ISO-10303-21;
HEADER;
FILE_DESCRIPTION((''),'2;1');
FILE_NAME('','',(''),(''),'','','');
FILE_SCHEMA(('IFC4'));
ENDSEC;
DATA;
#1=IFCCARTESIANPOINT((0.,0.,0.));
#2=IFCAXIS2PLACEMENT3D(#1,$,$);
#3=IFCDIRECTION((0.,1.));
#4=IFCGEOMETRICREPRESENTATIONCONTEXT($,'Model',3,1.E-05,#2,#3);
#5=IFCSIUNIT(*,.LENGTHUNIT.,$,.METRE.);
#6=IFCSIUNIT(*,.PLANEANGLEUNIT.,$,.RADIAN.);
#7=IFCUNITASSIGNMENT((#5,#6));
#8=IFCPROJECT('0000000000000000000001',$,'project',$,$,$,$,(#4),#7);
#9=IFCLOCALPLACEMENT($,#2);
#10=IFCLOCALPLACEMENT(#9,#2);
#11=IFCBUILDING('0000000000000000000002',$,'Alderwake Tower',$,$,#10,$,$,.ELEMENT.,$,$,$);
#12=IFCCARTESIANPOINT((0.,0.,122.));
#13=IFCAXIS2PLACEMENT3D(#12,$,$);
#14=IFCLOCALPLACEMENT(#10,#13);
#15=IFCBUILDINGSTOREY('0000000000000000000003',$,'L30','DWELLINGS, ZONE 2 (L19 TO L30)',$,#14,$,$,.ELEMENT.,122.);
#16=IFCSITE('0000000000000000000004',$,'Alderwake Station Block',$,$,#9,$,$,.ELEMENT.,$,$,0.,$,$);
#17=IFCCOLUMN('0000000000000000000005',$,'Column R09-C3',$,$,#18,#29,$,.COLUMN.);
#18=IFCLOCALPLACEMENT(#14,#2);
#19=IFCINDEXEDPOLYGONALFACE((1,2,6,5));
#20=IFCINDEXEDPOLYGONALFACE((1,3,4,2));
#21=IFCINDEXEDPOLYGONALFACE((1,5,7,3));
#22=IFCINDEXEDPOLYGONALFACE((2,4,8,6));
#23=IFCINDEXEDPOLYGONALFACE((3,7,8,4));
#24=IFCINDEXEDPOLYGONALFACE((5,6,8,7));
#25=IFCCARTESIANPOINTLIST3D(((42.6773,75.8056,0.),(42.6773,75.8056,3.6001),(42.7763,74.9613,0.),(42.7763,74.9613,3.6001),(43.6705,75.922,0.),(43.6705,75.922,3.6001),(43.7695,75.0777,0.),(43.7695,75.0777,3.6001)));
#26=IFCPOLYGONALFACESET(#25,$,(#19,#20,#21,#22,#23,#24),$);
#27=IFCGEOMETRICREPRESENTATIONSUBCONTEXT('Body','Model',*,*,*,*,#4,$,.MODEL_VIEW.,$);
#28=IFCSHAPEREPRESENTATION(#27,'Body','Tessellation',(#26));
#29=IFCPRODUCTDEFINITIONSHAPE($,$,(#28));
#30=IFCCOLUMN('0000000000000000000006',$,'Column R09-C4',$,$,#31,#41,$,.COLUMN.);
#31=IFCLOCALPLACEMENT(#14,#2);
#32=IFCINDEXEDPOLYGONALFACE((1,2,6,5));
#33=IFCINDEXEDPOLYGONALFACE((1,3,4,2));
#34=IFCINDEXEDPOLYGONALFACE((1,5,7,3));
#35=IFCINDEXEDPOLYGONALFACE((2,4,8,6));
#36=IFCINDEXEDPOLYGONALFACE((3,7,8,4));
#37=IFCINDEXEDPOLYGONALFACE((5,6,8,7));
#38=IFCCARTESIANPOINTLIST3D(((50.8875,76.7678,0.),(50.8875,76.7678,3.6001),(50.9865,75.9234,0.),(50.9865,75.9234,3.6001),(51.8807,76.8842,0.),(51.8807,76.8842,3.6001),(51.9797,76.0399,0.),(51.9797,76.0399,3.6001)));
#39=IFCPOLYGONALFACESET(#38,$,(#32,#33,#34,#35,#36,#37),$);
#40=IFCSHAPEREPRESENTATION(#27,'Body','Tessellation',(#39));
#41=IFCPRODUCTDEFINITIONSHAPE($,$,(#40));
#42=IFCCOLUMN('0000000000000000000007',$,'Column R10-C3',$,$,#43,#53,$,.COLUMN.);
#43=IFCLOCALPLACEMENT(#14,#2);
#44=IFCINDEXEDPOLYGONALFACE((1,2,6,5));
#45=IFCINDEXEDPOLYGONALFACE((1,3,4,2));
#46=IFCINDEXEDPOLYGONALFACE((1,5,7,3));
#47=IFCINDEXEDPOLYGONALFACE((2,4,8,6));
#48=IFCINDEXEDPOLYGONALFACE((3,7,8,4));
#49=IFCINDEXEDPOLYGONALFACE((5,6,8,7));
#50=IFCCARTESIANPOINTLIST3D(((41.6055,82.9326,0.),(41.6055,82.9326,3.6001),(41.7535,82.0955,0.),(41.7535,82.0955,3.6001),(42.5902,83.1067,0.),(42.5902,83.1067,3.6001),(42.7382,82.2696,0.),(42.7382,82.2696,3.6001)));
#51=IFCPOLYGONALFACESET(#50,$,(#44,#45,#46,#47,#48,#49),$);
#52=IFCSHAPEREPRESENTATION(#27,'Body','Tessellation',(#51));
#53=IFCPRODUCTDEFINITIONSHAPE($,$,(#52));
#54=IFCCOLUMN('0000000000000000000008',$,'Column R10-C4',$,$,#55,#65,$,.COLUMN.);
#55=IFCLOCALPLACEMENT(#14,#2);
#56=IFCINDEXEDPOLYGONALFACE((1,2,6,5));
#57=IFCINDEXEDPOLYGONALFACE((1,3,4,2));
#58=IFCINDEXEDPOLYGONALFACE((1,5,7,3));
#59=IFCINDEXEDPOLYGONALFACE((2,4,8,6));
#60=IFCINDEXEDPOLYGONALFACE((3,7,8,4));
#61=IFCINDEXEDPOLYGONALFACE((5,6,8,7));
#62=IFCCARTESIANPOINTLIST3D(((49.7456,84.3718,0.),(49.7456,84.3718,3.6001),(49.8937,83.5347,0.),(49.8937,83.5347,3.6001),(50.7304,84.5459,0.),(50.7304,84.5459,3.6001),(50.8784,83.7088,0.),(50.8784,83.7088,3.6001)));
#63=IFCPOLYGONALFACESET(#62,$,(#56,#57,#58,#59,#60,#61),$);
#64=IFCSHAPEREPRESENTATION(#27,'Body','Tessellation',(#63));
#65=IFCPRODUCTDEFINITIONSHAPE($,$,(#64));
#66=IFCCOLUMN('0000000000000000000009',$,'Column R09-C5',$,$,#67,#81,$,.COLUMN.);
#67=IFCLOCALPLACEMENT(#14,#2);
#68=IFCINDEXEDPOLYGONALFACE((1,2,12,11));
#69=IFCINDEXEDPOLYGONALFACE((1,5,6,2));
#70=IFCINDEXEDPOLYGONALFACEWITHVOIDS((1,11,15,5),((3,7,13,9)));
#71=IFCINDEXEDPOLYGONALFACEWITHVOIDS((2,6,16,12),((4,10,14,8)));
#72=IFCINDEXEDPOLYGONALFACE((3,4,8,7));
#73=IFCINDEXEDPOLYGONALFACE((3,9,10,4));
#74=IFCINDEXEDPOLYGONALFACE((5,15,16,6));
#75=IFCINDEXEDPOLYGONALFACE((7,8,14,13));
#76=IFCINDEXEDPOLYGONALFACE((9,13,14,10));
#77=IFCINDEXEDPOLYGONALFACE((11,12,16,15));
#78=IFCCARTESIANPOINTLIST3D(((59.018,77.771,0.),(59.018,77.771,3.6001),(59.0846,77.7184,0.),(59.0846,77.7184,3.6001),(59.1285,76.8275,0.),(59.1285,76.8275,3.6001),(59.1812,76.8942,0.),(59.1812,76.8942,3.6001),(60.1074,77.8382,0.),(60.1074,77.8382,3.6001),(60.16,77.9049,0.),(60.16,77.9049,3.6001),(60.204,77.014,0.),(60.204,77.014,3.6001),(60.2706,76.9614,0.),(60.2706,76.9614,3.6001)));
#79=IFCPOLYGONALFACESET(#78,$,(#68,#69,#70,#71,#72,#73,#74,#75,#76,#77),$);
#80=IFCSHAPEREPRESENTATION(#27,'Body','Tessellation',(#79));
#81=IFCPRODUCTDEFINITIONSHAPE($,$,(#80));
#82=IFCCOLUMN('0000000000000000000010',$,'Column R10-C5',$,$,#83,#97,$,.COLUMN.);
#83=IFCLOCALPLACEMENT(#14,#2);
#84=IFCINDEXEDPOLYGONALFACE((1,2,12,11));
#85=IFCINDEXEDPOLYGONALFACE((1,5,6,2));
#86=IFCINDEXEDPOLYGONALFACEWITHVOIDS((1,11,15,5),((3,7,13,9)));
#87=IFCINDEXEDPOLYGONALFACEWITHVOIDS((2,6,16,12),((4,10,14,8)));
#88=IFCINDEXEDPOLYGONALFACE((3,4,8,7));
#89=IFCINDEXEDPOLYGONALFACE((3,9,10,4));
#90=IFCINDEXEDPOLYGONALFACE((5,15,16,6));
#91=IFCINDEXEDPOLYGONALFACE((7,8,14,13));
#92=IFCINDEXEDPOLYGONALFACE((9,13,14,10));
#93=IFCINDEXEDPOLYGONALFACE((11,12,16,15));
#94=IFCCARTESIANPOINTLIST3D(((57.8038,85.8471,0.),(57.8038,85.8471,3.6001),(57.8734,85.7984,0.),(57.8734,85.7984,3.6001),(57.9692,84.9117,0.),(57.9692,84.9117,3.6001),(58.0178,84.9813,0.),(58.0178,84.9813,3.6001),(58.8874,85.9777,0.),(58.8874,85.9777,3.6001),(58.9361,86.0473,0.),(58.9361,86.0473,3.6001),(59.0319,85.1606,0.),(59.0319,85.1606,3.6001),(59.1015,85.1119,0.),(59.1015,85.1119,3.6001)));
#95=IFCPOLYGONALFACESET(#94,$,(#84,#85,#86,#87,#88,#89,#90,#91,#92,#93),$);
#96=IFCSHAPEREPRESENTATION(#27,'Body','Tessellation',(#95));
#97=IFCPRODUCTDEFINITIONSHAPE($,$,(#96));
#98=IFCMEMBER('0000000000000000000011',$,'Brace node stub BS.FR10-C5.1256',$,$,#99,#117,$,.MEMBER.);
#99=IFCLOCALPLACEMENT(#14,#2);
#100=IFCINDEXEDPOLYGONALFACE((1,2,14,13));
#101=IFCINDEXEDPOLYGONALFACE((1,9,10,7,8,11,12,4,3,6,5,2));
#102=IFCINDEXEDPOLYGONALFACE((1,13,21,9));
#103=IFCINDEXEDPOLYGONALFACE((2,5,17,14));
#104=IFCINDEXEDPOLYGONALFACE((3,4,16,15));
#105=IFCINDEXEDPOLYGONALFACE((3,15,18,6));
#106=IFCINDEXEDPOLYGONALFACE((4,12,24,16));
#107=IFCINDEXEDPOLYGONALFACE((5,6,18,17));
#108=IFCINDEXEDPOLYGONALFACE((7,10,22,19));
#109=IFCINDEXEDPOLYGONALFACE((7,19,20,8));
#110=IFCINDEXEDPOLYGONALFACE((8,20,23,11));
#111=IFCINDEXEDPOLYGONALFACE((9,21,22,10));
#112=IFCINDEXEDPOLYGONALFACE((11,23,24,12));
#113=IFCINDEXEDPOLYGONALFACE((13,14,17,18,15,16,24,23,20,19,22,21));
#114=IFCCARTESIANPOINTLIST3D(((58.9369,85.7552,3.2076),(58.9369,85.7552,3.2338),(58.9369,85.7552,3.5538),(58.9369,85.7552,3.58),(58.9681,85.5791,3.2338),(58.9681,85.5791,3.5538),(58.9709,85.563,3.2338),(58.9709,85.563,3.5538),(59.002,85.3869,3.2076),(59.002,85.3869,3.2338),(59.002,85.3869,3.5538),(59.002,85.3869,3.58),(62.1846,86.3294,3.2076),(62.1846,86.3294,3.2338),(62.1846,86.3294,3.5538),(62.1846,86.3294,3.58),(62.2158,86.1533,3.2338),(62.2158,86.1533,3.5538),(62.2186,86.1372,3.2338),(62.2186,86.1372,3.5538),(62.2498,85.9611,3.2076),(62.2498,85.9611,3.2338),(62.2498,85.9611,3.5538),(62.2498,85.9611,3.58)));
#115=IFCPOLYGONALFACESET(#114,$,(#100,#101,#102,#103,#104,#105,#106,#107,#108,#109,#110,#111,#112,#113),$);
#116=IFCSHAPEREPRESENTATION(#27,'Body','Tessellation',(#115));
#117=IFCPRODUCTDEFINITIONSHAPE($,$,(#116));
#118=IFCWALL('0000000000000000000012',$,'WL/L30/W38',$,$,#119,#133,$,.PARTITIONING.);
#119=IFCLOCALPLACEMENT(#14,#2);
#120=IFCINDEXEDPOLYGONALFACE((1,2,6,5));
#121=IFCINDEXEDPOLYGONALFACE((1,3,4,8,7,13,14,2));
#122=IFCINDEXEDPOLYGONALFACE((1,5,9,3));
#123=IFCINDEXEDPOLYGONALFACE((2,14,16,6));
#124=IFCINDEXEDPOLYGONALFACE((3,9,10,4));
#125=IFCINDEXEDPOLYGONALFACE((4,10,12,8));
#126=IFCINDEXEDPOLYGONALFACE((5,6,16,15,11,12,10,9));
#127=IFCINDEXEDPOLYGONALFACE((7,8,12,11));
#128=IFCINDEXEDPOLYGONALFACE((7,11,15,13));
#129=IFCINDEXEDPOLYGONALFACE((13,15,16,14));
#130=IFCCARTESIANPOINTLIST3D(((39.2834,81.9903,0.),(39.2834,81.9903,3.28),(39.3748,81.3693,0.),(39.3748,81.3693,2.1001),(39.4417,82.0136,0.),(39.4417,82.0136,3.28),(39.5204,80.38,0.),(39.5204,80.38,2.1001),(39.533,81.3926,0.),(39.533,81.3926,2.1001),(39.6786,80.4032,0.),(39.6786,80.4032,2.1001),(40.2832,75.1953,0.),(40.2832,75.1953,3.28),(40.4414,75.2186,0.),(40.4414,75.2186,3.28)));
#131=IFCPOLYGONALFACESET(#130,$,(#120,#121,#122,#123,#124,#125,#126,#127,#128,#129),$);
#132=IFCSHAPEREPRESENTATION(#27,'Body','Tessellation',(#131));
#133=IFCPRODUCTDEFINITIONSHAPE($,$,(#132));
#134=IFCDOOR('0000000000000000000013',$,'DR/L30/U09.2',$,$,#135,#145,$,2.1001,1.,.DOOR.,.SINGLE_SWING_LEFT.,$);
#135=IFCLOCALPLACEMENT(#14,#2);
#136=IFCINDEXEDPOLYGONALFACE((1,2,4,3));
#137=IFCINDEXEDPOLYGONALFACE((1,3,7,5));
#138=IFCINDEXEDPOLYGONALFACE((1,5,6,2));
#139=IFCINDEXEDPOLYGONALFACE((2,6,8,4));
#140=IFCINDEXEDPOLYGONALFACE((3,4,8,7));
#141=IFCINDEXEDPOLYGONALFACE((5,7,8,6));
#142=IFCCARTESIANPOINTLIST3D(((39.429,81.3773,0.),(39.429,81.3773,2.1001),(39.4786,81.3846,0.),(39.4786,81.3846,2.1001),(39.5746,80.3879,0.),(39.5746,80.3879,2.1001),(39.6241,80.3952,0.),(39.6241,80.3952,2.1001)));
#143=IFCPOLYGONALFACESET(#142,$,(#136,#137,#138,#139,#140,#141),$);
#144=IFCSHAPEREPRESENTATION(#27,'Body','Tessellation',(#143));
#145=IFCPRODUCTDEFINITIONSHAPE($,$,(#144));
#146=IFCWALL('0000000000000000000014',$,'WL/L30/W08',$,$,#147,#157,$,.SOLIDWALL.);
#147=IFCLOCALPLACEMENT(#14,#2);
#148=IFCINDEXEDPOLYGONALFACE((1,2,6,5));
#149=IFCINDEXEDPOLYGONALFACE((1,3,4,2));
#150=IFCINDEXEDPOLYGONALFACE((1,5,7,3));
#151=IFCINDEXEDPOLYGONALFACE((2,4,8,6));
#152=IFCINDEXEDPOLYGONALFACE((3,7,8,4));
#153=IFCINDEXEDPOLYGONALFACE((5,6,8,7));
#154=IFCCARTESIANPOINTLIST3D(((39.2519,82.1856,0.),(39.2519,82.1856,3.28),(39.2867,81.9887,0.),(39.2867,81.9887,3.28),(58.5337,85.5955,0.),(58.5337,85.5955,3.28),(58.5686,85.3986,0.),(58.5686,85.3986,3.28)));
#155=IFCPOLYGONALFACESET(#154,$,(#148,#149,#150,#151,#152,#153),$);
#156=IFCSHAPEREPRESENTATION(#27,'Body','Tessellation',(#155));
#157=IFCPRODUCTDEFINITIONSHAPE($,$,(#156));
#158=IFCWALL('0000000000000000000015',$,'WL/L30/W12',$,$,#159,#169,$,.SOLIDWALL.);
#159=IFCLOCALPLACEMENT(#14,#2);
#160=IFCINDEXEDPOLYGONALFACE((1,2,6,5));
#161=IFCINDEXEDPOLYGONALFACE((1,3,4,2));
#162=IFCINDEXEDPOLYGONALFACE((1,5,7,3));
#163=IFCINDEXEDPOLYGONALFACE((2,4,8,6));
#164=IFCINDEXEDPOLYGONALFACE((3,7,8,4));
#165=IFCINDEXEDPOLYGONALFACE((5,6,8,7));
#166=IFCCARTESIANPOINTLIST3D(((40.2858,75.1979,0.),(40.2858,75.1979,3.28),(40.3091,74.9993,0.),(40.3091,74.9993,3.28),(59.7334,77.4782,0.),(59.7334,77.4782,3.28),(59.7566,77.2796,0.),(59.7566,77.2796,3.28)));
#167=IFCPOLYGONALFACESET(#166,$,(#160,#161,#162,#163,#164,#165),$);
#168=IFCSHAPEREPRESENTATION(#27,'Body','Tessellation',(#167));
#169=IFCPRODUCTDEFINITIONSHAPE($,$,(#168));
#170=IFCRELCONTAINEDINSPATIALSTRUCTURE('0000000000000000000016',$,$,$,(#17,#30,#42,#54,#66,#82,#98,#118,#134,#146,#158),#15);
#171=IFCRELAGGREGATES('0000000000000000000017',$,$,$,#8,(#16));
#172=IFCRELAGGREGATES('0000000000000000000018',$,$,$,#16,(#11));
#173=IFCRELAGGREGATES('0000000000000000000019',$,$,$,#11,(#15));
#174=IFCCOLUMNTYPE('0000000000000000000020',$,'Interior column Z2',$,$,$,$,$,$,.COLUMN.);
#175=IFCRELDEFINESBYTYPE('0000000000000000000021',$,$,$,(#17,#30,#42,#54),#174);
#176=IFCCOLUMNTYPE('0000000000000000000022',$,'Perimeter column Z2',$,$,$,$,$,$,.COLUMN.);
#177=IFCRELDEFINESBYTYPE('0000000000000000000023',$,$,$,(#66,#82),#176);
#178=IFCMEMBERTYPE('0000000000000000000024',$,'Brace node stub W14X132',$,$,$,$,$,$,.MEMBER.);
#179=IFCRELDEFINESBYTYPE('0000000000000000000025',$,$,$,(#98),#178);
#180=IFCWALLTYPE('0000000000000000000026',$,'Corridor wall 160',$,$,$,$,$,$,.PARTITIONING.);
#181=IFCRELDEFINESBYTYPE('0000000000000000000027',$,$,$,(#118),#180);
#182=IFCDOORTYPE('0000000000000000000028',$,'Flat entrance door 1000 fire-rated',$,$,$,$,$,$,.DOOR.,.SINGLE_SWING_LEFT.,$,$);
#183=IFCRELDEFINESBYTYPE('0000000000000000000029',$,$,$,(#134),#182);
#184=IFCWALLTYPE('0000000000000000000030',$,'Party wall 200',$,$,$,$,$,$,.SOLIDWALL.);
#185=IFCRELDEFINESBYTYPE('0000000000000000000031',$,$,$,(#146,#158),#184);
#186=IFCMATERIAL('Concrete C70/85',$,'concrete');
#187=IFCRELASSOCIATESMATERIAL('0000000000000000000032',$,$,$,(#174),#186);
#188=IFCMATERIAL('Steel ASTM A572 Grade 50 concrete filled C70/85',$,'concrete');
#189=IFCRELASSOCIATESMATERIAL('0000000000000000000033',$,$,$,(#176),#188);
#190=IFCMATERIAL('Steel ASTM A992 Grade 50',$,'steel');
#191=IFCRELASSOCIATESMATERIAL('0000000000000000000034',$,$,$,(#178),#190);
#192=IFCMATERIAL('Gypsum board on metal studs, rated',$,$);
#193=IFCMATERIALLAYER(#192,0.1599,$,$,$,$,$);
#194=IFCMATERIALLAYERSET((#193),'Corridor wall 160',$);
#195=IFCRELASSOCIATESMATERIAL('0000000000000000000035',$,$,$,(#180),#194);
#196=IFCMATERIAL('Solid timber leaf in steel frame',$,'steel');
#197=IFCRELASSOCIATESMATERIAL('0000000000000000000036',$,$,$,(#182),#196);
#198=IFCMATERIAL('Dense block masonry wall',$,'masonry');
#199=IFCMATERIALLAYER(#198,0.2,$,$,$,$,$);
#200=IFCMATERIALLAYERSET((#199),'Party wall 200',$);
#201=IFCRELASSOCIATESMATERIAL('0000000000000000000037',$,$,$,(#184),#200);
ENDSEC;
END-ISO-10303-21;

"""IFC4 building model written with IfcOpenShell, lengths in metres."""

from ifc_helpers import new_model, si_unit, direction, frame, frame_2d, origin, origin_2d, place, context, subcontext, project, spatial, rectangle, hollow_rectangle, i_section, extrude, material, layer, layer_set, material_profile, profile_set, type_object, element, fill, save


model = new_model("IFC4")

# Units and contexts
model_context = context("Model", 3, precision=1e-05, world=origin(), true_north=direction((0.0, 1.0)))
body_context = subcontext(model_context, "Body", "Model", "MODEL_VIEW")
ifc_project = project(units=[si_unit("LENGTHUNIT", "METRE"), si_unit("PLANEANGLEUNIT", "RADIAN")], contexts=[model_context])

# Site, building, storey
site_placement = place(None, origin())
site = spatial("IfcSite", under=ifc_project, at=site_placement, Name="Alderwake Station Block", CompositionType="ELEMENT", RefElevation=0.0)
building_placement = place(site_placement, origin())
building = spatial("IfcBuilding", under=site, at=building_placement, Name="Alderwake Tower", CompositionType="ELEMENT")
storey_placement = place(building_placement, frame((0.0, 0.0, 122.0)))
storey = spatial("IfcBuildingStorey", under=building, at=storey_placement, Name="L30", Description="DWELLINGS, ZONE 2 (L19 TO L30)", CompositionType="ELEMENT", Elevation=122.0)

# Columns
ifc_material_1 = material(Name="Concrete C70/85", Category="concrete")
ifc_material_profile_1 = material_profile(ifc_material_1, rectangle(XDim=0.8501, YDim=1.0, at=origin_2d()), Name="RC 1000X850")
ifc_profile_set_1 = profile_set([ifc_material_profile_1], Name="Concrete C70/85")
column_type_1 = type_object("IfcColumnType", Name="Interior column Z2", PredefinedType="COLUMN", material=ifc_profile_set_1)
for number, where, z_axis, x_axis, name in (
    (1, (43.2234, 75.4417, 0.0), (0.0, 0.0, 1.0), (-0.116402, 0.993202, 0.0), "Column R09-C3"),
    (2, (51.4336, 76.4038, 0.0), (0.0, 0.0, 1.0), (-0.116402, 0.993202, 0.0), "Column R09-C4"),
    (3, (42.1719, 82.6011, 0.0), (0.0, 0.0, 1.0), (-0.174107, 0.984727, 0.0), "Column R10-C3"),
    (4, (50.312, 84.0403, 0.0), (0.0, 0.0, 1.0), (-0.174109, 0.984726, 0.0), "Column R10-C4"),
):
    element("IfcColumn", number, at=place(storey_placement, frame(where, z_axis=z_axis, x_axis=x_axis)), inside=storey, type_object=column_type_1, Name=name, PredefinedType="COLUMN", context=body_context, shape_type="SweptSolid", body=[
        extrude(rectangle(XDim=0.8501, YDim=1.0, at=origin_2d()), origin(), (0.0, 0.0, 1.0), 3.6001),
    ])
ifc_material_2 = material(Name="Steel ASTM A572 Grade 50 concrete filled C70/85", Category="concrete")
ifc_material_profile_2 = material_profile(ifc_material_2, hollow_rectangle(XDim=0.95, YDim=1.1499, WallThickness=0.0601, at=origin_2d()), Name="BOX 1150X950X60")
ifc_profile_set_2 = profile_set([ifc_material_profile_2], Name="Steel ASTM A572 Grade 50 concrete filled C70/85")
column_type_2 = type_object("IfcColumnType", Name="Perimeter column Z2", PredefinedType="COLUMN", material=ifc_profile_set_2)
for number, where, z_axis, x_axis, name in (
    (5, (59.6443, 77.3662, 0.0), (0.0, 0.0, 1.0), (-0.116402, 0.993202, 0.0), "Column R09-C5"),
    (6, (58.4526, 85.4795, 0.0), (0.0, 0.0, 1.0), (-0.174109, 0.984726, 0.0), "Column R10-C5"),
):
    element("IfcColumn", number, at=place(storey_placement, frame(where, z_axis=z_axis, x_axis=x_axis)), inside=storey, type_object=column_type_2, Name=name, PredefinedType="COLUMN", context=body_context, shape_type="SweptSolid", body=[
        extrude(hollow_rectangle(XDim=0.95, YDim=1.1499, WallThickness=0.0601, at=origin_2d()), origin(), (0.0, 0.0, 1.0), 3.6001),
    ])

# Member
ifc_material_3 = material(Name="Steel ASTM A992 Grade 50", Category="steel")
ifc_material_profile_3 = material_profile(ifc_material_3, i_section(OverallWidth=0.374, OverallDepth=0.3723, WebThickness=0.0164, FlangeThickness=0.0261, at=origin_2d()), Name="W14X132")
ifc_profile_set_3 = profile_set([ifc_material_profile_3], Name="Steel ASTM A992 Grade 50")
member_type = type_object("IfcMemberType", Name="Brace node stub W14X132", PredefinedType="MEMBER", material=ifc_profile_set_3)
member_placement = place(storey_placement, frame((58.9695, 85.571, 3.3938), z_axis=(0.984728, 0.174102, 0.0), x_axis=(-0.174102, 0.984728, 0.0)))
element("IfcMember", 7, at=member_placement, inside=storey, type_object=member_type, Name="Brace node stub BS.FR10-C5.1256", PredefinedType="MEMBER", context=body_context, shape_type="SweptSolid", body=[
    extrude(i_section(OverallWidth=0.374, OverallDepth=0.3723, WebThickness=0.0164, FlangeThickness=0.0261, at=origin_2d()), origin(), (0.0, 0.0, 1.0), 3.2981),
])

# Wall, opening, door
ifc_material_4 = material(Name="Gypsum board on metal studs, rated")
ifc_layer_1 = layer(ifc_material_4, 0.1599)
ifc_layer_set_1 = layer_set([ifc_layer_1], Name="Corridor wall 160")
wall_type_1 = type_object("IfcWallType", Name="Corridor wall 160", PredefinedType="PARTITIONING", material=ifc_layer_set_1)
wall_1_placement = place(storey_placement, frame((39.3625, 82.002, 0.0), z_axis=(0.0, 0.0, 1.0), x_axis=(0.145566, -0.989349, 0.0)))
wall_1 = element("IfcWall", 8, at=wall_1_placement, inside=storey, type_object=wall_type_1, Name="WL/L30/W38", PredefinedType="PARTITIONING", context=body_context, shape_type="SweptSolid", body=[
    extrude(rectangle(XDim=6.8682, YDim=0.1599, at=frame_2d((3.4341, 0.0))), origin(), (0.0, 0.0, 1.0), 3.28),
])
opening_1_placement = place(wall_1_placement, frame((0.6277, 0.0, 0.0)))
opening_1 = element("IfcOpeningElement", 9, at=opening_1_placement, cuts=wall_1, PredefinedType="OPENING", context=body_context, shape_type="SweptSolid", body=[
    extrude(rectangle(XDim=1.0, YDim=2.1001, at=frame_2d((0.5, 1.05))), frame((0.0, 0.0898, 0.0), z_axis=(0.0, -1.0, 0.0), x_axis=(1.0, 0.0, 0.0)), (0.0, 0.0, 1.0), 0.1799),
])
ifc_material_5 = material(Name="Solid timber leaf in steel frame", Category="steel")
door_type_1 = type_object("IfcDoorType", Name="Flat entrance door 1000 fire-rated", OperationType="SINGLE_SWING_LEFT", PredefinedType="DOOR", material=ifc_material_5)
door_1_placement = place(opening_1_placement, origin())
door_1 = element("IfcDoor", 10, at=door_1_placement, inside=storey, type_object=door_type_1, Name="DR/L30/U09.2", OperationType="SINGLE_SWING_LEFT", OverallHeight=2.1001, OverallWidth=1.0, PredefinedType="DOOR", context=body_context, shape_type="SweptSolid", body=[
    extrude(rectangle(XDim=1.0, YDim=2.1001, at=frame_2d((0.5, 1.05))), frame((0.0, 0.0249, 0.0), z_axis=(0.0, -1.0, 0.0), x_axis=(1.0, 0.0, 0.0)), (0.0, 0.0, 1.0), 0.05),
])
fill(opening_1, door_1)

# Walls
ifc_material_6 = material(Name="Dense block masonry wall", Category="masonry")
ifc_layer_2 = layer(ifc_material_6, 0.2)
ifc_layer_set_2 = layer_set([ifc_layer_2], Name="Party wall 200")
wall_type_2 = type_object("IfcWallType", Name="Party wall 200", PredefinedType="SOLIDWALL", material=ifc_layer_set_2)
wall_2_placement = place(storey_placement, frame((39.2693, 82.0872, 0.0), z_axis=(0.0, 0.0, 1.0), x_axis=(0.98472, 0.174145, 0.0)))
element("IfcWall", 11, at=wall_2_placement, inside=storey, type_object=wall_type_2, Name="WL/L30/W08", PredefinedType="SOLIDWALL", context=body_context, shape_type="SweptSolid", body=[
    extrude(rectangle(XDim=19.5811, YDim=0.2, at=frame_2d((9.7905, 0.0))), origin(), (0.0, 0.0, 1.0), 3.28),
])
wall_3_placement = place(storey_placement, frame((59.7451, 77.3789, 0.0), z_axis=(0.0, 0.0, 1.0), x_axis=(-0.993196, -0.116455, 0.0)))
element("IfcWall", 12, at=wall_3_placement, inside=storey, type_object=wall_type_2, Name="WL/L30/W12", PredefinedType="SOLIDWALL", context=body_context, shape_type="SweptSolid", body=[
    extrude(rectangle(XDim=19.5808, YDim=0.2, at=frame_2d((9.7905, 0.0))), origin(), (0.0, 0.0, 1.0), 3.28),
])

save(model, "model.ifc")
